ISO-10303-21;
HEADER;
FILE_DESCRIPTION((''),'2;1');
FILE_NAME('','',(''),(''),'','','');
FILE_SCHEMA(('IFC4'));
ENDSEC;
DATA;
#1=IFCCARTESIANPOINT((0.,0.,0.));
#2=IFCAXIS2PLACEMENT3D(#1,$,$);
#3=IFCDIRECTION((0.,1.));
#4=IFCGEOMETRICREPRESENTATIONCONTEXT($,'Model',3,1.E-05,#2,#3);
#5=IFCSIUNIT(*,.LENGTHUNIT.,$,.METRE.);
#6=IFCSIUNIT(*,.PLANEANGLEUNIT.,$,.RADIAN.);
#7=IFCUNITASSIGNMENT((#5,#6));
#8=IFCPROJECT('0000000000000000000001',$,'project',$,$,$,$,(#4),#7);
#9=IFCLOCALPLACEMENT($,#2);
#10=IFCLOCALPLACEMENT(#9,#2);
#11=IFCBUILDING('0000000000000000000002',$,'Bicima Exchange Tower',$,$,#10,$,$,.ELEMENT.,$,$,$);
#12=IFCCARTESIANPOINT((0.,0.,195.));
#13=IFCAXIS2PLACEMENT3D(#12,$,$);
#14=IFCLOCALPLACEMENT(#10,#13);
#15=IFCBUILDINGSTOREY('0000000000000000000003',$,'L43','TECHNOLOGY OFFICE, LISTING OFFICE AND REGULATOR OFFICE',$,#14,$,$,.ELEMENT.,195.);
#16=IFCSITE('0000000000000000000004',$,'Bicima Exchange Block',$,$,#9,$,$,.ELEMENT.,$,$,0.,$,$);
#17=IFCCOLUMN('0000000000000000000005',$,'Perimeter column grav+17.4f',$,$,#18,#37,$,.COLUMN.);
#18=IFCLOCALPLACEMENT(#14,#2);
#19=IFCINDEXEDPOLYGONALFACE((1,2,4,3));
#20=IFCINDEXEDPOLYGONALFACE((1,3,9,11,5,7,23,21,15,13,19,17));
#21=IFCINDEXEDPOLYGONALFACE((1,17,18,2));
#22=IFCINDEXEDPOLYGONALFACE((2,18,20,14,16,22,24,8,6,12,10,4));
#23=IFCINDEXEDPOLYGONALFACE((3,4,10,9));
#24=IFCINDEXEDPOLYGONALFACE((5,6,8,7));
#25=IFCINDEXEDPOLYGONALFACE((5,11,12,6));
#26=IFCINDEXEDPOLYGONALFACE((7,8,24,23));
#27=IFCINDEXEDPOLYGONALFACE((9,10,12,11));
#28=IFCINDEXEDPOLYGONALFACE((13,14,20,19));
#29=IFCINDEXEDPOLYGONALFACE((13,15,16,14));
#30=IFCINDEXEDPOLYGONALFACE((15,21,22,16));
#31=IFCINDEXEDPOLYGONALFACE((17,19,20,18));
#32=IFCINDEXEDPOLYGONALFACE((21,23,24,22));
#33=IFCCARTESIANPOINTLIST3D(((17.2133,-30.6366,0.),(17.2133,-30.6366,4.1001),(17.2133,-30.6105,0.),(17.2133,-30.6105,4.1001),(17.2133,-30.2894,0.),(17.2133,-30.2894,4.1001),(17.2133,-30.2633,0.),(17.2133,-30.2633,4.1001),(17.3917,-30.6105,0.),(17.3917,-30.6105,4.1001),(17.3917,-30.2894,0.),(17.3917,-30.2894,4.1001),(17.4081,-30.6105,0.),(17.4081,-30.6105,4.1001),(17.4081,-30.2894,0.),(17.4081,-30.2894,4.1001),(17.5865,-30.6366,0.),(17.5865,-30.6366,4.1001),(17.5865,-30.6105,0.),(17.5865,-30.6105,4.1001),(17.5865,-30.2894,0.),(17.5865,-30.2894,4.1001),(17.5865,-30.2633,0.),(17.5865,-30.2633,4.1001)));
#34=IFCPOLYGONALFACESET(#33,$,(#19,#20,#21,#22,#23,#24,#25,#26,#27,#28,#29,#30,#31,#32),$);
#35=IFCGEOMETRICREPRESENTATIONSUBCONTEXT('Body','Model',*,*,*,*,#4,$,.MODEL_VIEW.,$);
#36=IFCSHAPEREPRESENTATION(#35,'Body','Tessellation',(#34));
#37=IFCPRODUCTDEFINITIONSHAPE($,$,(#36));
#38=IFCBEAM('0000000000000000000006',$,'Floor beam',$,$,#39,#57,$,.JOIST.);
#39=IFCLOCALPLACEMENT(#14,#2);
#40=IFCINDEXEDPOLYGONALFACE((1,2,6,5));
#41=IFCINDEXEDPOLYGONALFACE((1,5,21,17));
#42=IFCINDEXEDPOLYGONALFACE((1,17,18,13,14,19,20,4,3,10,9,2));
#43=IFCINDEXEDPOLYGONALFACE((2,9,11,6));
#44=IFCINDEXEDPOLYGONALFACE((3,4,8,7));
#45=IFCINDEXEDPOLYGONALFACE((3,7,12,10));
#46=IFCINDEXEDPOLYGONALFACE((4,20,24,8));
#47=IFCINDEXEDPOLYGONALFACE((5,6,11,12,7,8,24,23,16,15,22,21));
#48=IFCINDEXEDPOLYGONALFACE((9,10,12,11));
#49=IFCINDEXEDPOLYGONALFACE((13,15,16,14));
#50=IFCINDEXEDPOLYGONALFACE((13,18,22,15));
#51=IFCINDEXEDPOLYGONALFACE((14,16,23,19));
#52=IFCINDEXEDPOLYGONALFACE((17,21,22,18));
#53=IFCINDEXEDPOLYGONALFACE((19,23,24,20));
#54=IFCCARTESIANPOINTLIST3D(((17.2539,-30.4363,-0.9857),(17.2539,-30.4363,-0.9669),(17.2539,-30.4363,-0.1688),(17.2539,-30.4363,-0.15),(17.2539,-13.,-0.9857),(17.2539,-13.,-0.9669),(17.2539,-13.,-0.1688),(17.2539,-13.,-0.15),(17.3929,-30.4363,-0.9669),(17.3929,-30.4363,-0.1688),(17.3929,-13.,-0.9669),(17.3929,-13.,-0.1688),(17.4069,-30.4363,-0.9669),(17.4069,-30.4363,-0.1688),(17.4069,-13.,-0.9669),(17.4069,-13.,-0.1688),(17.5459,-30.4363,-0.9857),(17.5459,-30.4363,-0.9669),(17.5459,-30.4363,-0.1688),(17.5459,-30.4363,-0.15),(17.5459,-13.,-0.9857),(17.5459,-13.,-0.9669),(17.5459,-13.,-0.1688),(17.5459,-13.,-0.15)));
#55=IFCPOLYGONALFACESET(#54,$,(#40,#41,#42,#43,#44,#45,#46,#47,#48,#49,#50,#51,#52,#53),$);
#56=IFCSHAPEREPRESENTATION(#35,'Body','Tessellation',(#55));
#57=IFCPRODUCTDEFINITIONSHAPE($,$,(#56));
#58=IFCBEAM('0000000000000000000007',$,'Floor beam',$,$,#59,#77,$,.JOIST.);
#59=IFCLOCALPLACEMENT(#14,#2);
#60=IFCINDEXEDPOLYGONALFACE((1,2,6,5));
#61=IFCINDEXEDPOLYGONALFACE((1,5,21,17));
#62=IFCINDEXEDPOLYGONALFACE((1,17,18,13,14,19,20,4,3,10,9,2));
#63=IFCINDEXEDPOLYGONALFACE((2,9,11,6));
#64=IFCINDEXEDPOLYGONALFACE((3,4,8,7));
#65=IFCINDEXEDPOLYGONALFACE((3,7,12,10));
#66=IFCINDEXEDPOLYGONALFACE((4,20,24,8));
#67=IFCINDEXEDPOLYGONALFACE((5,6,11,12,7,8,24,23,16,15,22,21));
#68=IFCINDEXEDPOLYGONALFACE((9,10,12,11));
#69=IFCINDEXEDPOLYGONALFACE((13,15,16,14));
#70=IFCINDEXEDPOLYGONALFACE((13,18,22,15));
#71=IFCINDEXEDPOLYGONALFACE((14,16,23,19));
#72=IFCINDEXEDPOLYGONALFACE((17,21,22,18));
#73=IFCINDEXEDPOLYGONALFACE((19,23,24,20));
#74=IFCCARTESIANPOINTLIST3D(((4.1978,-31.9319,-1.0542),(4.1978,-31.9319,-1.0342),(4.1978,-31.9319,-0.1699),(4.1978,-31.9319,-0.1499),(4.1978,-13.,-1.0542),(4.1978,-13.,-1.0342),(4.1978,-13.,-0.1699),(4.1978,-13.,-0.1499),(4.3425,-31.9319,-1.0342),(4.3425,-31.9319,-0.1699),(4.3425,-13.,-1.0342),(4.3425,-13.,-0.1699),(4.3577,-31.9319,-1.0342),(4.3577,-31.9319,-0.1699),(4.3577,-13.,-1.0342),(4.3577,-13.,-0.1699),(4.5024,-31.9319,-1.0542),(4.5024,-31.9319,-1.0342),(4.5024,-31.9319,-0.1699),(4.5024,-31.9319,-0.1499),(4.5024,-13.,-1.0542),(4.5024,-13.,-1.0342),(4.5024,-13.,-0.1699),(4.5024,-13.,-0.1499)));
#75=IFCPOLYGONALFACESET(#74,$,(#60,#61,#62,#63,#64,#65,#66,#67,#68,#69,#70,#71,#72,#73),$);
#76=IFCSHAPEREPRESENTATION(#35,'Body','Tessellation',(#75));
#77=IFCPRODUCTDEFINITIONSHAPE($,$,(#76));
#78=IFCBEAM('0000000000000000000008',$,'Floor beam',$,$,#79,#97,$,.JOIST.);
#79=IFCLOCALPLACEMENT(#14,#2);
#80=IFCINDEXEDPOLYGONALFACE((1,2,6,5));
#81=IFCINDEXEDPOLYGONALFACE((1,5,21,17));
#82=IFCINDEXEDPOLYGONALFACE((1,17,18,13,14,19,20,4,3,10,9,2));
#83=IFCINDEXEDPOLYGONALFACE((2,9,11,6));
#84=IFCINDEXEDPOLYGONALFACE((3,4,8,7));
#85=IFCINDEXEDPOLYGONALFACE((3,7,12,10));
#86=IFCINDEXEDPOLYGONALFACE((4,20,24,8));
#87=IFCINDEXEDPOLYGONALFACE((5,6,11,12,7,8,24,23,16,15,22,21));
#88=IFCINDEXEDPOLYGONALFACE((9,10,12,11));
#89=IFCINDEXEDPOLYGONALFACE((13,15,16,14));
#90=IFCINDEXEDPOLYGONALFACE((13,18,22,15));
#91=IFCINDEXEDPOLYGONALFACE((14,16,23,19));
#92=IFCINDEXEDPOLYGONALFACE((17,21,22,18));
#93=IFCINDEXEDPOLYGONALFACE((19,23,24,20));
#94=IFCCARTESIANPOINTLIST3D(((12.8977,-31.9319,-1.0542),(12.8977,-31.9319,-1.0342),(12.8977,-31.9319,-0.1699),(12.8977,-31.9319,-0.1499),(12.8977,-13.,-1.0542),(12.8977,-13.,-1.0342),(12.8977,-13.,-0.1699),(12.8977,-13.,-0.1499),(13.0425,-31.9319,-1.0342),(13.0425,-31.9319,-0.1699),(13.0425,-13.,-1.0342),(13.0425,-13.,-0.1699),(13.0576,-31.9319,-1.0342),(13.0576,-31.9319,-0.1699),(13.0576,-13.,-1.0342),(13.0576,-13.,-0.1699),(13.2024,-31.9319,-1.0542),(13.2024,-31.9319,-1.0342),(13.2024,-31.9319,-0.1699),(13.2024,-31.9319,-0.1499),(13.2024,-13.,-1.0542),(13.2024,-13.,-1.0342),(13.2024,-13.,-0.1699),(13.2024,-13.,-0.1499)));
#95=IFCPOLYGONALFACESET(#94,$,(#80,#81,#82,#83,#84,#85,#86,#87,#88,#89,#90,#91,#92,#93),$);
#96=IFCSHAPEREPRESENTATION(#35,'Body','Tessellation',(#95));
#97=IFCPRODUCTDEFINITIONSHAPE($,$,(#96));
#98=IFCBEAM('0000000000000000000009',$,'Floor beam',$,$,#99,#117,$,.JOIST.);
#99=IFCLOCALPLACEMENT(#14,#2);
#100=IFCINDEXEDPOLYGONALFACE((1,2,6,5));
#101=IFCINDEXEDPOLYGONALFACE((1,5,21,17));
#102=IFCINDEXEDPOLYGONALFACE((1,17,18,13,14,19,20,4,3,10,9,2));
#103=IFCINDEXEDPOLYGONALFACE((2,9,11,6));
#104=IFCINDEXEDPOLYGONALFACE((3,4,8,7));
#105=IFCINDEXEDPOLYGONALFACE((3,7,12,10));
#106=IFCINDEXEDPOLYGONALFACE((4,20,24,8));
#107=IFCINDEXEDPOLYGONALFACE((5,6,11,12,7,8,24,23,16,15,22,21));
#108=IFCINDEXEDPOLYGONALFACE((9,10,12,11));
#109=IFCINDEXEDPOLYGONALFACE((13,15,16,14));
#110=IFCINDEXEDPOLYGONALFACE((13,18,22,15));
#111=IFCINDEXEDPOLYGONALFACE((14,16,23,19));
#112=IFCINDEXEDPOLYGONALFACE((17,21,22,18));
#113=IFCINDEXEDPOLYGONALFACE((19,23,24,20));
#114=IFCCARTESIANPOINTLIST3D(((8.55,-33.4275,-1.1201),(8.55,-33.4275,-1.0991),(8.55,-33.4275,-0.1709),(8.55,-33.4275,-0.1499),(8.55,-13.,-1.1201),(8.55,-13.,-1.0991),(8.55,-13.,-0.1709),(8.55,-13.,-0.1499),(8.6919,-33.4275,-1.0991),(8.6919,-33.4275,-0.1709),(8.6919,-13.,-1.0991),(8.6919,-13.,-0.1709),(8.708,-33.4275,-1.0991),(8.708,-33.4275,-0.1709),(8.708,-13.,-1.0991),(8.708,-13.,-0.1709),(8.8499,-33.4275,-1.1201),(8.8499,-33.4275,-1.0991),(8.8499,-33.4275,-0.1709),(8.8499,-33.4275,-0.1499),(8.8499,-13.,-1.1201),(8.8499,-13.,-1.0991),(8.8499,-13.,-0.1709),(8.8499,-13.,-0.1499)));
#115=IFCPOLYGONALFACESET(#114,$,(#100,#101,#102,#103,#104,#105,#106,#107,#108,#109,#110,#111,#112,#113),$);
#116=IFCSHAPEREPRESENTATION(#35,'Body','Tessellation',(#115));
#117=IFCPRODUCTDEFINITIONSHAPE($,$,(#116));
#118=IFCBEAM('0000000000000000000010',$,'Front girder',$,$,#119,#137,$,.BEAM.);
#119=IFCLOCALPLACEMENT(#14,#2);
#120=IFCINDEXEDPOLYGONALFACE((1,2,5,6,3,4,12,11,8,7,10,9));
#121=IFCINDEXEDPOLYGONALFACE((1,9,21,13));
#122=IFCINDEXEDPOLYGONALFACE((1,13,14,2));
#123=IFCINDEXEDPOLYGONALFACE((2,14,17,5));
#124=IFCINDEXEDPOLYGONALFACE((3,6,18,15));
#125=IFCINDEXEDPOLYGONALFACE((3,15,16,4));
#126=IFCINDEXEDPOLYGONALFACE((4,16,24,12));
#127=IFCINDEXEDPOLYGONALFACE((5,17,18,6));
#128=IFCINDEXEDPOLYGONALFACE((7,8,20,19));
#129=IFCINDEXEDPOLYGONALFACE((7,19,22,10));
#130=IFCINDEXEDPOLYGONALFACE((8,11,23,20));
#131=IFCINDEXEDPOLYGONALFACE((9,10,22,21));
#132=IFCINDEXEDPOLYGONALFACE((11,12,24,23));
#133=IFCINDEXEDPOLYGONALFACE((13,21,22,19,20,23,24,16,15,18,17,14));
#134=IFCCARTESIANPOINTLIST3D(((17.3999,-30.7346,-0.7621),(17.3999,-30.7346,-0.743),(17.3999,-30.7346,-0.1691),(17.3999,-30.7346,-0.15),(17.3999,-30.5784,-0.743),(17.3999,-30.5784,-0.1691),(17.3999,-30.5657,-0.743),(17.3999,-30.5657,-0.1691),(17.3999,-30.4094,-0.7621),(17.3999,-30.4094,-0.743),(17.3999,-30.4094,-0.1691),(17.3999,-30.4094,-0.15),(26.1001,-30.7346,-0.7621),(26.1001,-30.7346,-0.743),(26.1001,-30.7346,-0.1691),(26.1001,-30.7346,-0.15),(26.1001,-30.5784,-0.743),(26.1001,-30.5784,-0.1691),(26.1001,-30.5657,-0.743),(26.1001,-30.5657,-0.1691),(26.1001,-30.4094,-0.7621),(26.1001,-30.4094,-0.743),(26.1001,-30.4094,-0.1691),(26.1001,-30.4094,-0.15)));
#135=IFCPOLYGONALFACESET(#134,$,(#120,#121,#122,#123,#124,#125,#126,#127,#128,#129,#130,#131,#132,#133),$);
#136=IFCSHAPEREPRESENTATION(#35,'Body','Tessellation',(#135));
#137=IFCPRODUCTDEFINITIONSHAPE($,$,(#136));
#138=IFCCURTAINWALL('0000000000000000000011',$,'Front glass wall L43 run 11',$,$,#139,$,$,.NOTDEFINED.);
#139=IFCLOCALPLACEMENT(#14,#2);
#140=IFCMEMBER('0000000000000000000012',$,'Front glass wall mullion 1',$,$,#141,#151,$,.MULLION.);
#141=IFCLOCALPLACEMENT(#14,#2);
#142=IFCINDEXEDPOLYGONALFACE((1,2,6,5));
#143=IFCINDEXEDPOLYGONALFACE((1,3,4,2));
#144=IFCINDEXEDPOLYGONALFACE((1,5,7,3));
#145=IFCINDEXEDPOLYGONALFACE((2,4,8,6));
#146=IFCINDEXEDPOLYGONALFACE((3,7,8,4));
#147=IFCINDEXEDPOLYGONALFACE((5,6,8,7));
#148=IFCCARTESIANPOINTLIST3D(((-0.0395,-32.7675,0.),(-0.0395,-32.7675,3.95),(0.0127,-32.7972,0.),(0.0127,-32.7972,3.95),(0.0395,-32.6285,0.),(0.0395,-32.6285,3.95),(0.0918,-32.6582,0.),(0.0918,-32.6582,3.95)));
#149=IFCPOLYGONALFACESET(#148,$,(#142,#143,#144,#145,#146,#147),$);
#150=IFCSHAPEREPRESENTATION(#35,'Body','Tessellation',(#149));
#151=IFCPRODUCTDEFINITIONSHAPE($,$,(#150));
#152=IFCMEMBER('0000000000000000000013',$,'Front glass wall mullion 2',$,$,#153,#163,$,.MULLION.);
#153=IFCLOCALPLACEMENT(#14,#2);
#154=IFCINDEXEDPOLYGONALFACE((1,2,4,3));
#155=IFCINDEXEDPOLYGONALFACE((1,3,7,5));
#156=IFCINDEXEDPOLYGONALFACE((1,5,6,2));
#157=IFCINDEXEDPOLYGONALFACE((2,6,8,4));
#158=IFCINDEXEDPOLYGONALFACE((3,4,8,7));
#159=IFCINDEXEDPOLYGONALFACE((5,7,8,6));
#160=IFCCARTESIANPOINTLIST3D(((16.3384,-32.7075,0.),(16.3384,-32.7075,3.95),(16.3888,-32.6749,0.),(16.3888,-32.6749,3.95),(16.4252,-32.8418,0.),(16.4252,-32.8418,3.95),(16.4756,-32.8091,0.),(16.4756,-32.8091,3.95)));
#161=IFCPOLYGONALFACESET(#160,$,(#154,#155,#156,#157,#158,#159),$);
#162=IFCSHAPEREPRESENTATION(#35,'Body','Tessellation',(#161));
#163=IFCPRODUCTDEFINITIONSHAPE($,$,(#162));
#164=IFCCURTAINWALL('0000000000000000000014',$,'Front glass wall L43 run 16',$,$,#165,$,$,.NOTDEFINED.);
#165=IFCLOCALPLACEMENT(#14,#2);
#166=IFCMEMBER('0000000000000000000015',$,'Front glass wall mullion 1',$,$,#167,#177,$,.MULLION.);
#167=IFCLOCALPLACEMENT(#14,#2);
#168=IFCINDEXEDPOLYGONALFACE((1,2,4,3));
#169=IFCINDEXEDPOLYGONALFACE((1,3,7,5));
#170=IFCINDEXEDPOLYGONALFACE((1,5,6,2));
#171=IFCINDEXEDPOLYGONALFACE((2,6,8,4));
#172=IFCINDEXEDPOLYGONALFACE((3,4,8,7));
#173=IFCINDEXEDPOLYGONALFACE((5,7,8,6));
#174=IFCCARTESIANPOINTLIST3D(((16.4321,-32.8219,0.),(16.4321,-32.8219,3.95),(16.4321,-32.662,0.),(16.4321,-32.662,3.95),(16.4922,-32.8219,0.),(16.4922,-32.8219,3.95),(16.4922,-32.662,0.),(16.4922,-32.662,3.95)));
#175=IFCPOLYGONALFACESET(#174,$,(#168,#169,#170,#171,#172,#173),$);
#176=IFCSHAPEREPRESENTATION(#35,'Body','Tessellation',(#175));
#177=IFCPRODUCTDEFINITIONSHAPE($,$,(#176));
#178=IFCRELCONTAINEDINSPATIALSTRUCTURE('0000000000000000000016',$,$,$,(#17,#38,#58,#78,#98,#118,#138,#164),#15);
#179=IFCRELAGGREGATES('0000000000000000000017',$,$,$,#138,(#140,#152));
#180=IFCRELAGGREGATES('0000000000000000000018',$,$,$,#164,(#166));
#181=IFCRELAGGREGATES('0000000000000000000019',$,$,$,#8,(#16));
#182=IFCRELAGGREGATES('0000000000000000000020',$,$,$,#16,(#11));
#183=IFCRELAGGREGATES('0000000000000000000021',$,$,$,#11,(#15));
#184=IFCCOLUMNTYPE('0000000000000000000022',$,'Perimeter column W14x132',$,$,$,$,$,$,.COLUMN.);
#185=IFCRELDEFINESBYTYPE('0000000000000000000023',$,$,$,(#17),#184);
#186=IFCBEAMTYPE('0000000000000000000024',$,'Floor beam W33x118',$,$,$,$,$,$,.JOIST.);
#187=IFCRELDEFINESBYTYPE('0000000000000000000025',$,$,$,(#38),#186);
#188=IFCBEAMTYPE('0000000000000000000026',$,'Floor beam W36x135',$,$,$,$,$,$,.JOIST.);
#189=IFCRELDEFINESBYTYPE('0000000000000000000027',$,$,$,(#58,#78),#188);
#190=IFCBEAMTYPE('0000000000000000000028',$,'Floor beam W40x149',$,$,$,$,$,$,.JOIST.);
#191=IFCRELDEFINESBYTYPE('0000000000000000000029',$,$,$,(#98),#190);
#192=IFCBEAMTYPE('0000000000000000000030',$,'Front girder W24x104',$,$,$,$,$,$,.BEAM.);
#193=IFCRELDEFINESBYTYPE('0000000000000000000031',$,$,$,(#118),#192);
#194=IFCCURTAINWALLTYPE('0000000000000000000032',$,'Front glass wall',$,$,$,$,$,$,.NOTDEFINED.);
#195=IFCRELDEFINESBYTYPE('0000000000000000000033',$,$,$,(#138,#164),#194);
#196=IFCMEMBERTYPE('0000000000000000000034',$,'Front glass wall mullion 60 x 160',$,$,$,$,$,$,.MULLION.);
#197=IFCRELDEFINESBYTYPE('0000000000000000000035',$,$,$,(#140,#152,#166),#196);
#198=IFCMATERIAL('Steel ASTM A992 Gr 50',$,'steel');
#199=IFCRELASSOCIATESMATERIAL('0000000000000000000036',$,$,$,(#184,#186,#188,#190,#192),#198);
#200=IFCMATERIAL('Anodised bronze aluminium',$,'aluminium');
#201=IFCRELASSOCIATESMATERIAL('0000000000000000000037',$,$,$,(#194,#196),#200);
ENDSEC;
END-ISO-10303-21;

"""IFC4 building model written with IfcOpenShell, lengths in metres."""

from ifc_helpers import new_model, si_unit, direction, frame, origin, origin_2d, place, context, subcontext, project, spatial, rectangle, i_section, extrude, material, material_profile, profile_set, type_object, element, aggregate, save


model = new_model("IFC4")

# Units and contexts
model_context = context("Model", 3, precision=1e-05, world=origin(), true_north=direction((0.0, 1.0)))
body_context = subcontext(model_context, "Body", "Model", "MODEL_VIEW")
ifc_project = project(units=[si_unit("LENGTHUNIT", "METRE"), si_unit("PLANEANGLEUNIT", "RADIAN")], contexts=[model_context])

# Site, building, storey
site_placement = place(None, origin())
site = spatial("IfcSite", under=ifc_project, at=site_placement, Name="Bicima Exchange Block", CompositionType="ELEMENT", RefElevation=0.0)
building_placement = place(site_placement, origin())
building = spatial("IfcBuilding", under=site, at=building_placement, Name="Bicima Exchange Tower", CompositionType="ELEMENT")
storey_placement = place(building_placement, frame((0.0, 0.0, 195.0)))
storey = spatial("IfcBuildingStorey", under=building, at=storey_placement, Name="L43", Description="TECHNOLOGY OFFICE, LISTING OFFICE AND REGULATOR OFFICE", CompositionType="ELEMENT", Elevation=195.0)

# Column
ifc_material_1 = material(Name="Steel ASTM A992 Gr 50", Category="steel")
ifc_material_profile_1 = material_profile(ifc_material_1, i_section(OverallWidth=0.3733, OverallDepth=0.3733, WebThickness=0.0164, FlangeThickness=0.0261, at=origin_2d()))
ifc_profile_set_1 = profile_set([ifc_material_profile_1], Name="Steel ASTM A992 Gr 50")
column_type = type_object("IfcColumnType", Name="Perimeter column W14x132", PredefinedType="COLUMN", material=ifc_profile_set_1)
column_placement = place(storey_placement, frame((17.3999, -30.45, 0.0), z_axis=(0.0, 0.0, 1.0), x_axis=(1.0, 0.0, 0.0)))
element("IfcColumn", 1, at=column_placement, inside=storey, type_object=column_type, Name="Perimeter column grav+17.4f", PredefinedType="COLUMN", context=body_context, shape_type="SweptSolid", body=[
    extrude(i_section(OverallWidth=0.3733, OverallDepth=0.3733, WebThickness=0.0164, FlangeThickness=0.0261, at=origin_2d()), origin(), (0.0, 0.0, 1.0), 4.1001),
])

# Beams
ifc_material_profile_2 = material_profile(ifc_material_1, i_section(OverallWidth=0.292, OverallDepth=0.8357, WebThickness=0.0139, FlangeThickness=0.0188, at=origin_2d()))
ifc_profile_set_2 = profile_set([ifc_material_profile_2], Name="Steel ASTM A992 Gr 50")
beam_type_1 = type_object("IfcBeamType", Name="Floor beam W33x118", PredefinedType="JOIST", material=ifc_profile_set_2)
beam_1_placement = place(storey_placement, frame((17.3999, -13.0, -0.5679), z_axis=(0.0, -1.0, 0.0), x_axis=(1.0, 0.0, 0.0)))
element("IfcBeam", 2, at=beam_1_placement, inside=storey, type_object=beam_type_1, Name="Floor beam", PredefinedType="JOIST", context=body_context, shape_type="SweptSolid", body=[
    extrude(i_section(OverallWidth=0.292, OverallDepth=0.8357, WebThickness=0.0139, FlangeThickness=0.0188, at=origin_2d()), origin(), (0.0, 0.0, 1.0), 17.4363),
])
ifc_material_profile_3 = material_profile(ifc_material_1, i_section(OverallWidth=0.3047, OverallDepth=0.9043, WebThickness=0.0151, FlangeThickness=0.02, at=origin_2d()))
ifc_profile_set_3 = profile_set([ifc_material_profile_3], Name="Steel ASTM A992 Gr 50")
beam_type_2 = type_object("IfcBeamType", Name="Floor beam W36x135", PredefinedType="JOIST", material=ifc_profile_set_3)
for number, where, z_axis, x_axis, name in (
    (3, (4.3501, -13.0, -0.6021), (0.0, -1.0, 0.0), (1.0, 0.0, 0.0), "Floor beam"),
    (4, (13.05, -13.0, -0.6021), (0.0, -1.0, 0.0), (1.0, 0.0, 0.0), "Floor beam"),
):
    element("IfcBeam", number, at=place(storey_placement, frame(where, z_axis=z_axis, x_axis=x_axis)), inside=storey, type_object=beam_type_2, Name=name, PredefinedType="JOIST", context=body_context, shape_type="SweptSolid", body=[
        extrude(i_section(OverallWidth=0.3047, OverallDepth=0.9043, WebThickness=0.0151, FlangeThickness=0.02, at=origin_2d()), origin(), (0.0, 0.0, 1.0), 18.9319),
    ])
ifc_material_profile_4 = material_profile(ifc_material_1, i_section(OverallWidth=0.2998, OverallDepth=0.9702, WebThickness=0.0161, FlangeThickness=0.021, at=origin_2d()))
ifc_profile_set_4 = profile_set([ifc_material_profile_4], Name="Steel ASTM A992 Gr 50")
beam_type_3 = type_object("IfcBeamType", Name="Floor beam W40x149", PredefinedType="JOIST", material=ifc_profile_set_4)
beam_2_placement = place(storey_placement, frame((8.7, -13.0, -0.635), z_axis=(0.0, -1.0, 0.0), x_axis=(1.0, 0.0, 0.0)))
element("IfcBeam", 5, at=beam_2_placement, inside=storey, type_object=beam_type_3, Name="Floor beam", PredefinedType="JOIST", context=body_context, shape_type="SweptSolid", body=[
    extrude(i_section(OverallWidth=0.2998, OverallDepth=0.9702, WebThickness=0.0161, FlangeThickness=0.021, at=origin_2d()), origin(), (0.0, 0.0, 1.0), 20.4275),
])
ifc_material_profile_5 = material_profile(ifc_material_1, i_section(OverallWidth=0.3252, OverallDepth=0.6121, WebThickness=0.0127, FlangeThickness=0.019, at=origin_2d()))
ifc_profile_set_5 = profile_set([ifc_material_profile_5], Name="Steel ASTM A992 Gr 50")
beam_type_4 = type_object("IfcBeamType", Name="Front girder W24x104", PredefinedType="BEAM", material=ifc_profile_set_5)
beam_3_placement = place(storey_placement, frame((17.3999, -30.572, -0.4561), z_axis=(1.0, 0.0, 0.0), x_axis=(0.0, 1.0, 0.0)))
element("IfcBeam", 6, at=beam_3_placement, inside=storey, type_object=beam_type_4, Name="Front girder", PredefinedType="BEAM", context=body_context, shape_type="SweptSolid", body=[
    extrude(i_section(OverallWidth=0.3252, OverallDepth=0.6121, WebThickness=0.0127, FlangeThickness=0.019, at=origin_2d()), origin(), (0.0, 0.0, 1.0), 8.7002),
])

# Curtain wall, members
ifc_material_2 = material(Name="Anodised bronze aluminium", Category="aluminium")
curtain_wall_type = type_object("IfcCurtainWallType", Name="Front glass wall", PredefinedType="NOTDEFINED", material=ifc_material_2)
curtain_wall_1_placement = place(storey_placement, origin())
curtain_wall_1 = element("IfcCurtainWall", 7, at=curtain_wall_1_placement, inside=storey, type_object=curtain_wall_type, Name="Front glass wall L43 run 11", PredefinedType="NOTDEFINED")
ifc_material_profile_6 = material_profile(ifc_material_2, rectangle(XDim=0.1599, YDim=0.0601, at=origin_2d()))
ifc_profile_set_6 = profile_set([ifc_material_profile_6], Name="Anodised bronze aluminium")
member_type_1 = type_object("IfcMemberType", Name="Front glass wall mullion 60 x 160", PredefinedType="MULLION", material=ifc_profile_set_6)
member_1_placement = place(storey_placement, frame((0.0261, -32.7129, 0.0), z_axis=(0.0, 0.0, 1.0), x_axis=(0.49433, 0.869274, 0.0)))
member_1 = element("IfcMember", 8, at=member_1_placement, type_object=member_type_1, Name="Front glass wall mullion 1", PredefinedType="MULLION", context=body_context, shape_type="SweptSolid", body=[
    extrude(rectangle(XDim=0.1599, YDim=0.0601, at=origin_2d()), origin(), (0.0, 0.0, 1.0), 3.95),
])
member_2_placement = place(storey_placement, frame((16.407, -32.7583, 0.0), z_axis=(0.0, 0.0, 1.0), x_axis=(-0.542909, 0.839791, 0.0)))
member_2 = element("IfcMember", 9, at=member_2_placement, type_object=member_type_1, Name="Front glass wall mullion 2", PredefinedType="MULLION", context=body_context, shape_type="SweptSolid", body=[
    extrude(rectangle(XDim=0.1599, YDim=0.0601, at=origin_2d()), origin(), (0.0, 0.0, 1.0), 3.95),
])

# Curtain wall, member
curtain_wall_2_placement = place(storey_placement, origin())
curtain_wall_2 = element("IfcCurtainWall", 10, at=curtain_wall_2_placement, inside=storey, type_object=curtain_wall_type, Name="Front glass wall L43 run 16", PredefinedType="NOTDEFINED")
member_3_placement = place(storey_placement, frame((16.4622, -32.7419, 0.0), z_axis=(0.0, 0.0, 1.0), x_axis=(0.0, 1.0, 0.0)))
member_3 = element("IfcMember", 11, at=member_3_placement, type_object=member_type_1, Name="Front glass wall mullion 1", PredefinedType="MULLION", context=body_context, shape_type="SweptSolid", body=[
    extrude(rectangle(XDim=0.1599, YDim=0.0601, at=origin_2d()), origin(), (0.0, 0.0, 1.0), 3.95),
])

aggregate(curtain_wall_1, [member_1, member_2])

aggregate(curtain_wall_2, [member_3])

save(model, "model.ifc")
